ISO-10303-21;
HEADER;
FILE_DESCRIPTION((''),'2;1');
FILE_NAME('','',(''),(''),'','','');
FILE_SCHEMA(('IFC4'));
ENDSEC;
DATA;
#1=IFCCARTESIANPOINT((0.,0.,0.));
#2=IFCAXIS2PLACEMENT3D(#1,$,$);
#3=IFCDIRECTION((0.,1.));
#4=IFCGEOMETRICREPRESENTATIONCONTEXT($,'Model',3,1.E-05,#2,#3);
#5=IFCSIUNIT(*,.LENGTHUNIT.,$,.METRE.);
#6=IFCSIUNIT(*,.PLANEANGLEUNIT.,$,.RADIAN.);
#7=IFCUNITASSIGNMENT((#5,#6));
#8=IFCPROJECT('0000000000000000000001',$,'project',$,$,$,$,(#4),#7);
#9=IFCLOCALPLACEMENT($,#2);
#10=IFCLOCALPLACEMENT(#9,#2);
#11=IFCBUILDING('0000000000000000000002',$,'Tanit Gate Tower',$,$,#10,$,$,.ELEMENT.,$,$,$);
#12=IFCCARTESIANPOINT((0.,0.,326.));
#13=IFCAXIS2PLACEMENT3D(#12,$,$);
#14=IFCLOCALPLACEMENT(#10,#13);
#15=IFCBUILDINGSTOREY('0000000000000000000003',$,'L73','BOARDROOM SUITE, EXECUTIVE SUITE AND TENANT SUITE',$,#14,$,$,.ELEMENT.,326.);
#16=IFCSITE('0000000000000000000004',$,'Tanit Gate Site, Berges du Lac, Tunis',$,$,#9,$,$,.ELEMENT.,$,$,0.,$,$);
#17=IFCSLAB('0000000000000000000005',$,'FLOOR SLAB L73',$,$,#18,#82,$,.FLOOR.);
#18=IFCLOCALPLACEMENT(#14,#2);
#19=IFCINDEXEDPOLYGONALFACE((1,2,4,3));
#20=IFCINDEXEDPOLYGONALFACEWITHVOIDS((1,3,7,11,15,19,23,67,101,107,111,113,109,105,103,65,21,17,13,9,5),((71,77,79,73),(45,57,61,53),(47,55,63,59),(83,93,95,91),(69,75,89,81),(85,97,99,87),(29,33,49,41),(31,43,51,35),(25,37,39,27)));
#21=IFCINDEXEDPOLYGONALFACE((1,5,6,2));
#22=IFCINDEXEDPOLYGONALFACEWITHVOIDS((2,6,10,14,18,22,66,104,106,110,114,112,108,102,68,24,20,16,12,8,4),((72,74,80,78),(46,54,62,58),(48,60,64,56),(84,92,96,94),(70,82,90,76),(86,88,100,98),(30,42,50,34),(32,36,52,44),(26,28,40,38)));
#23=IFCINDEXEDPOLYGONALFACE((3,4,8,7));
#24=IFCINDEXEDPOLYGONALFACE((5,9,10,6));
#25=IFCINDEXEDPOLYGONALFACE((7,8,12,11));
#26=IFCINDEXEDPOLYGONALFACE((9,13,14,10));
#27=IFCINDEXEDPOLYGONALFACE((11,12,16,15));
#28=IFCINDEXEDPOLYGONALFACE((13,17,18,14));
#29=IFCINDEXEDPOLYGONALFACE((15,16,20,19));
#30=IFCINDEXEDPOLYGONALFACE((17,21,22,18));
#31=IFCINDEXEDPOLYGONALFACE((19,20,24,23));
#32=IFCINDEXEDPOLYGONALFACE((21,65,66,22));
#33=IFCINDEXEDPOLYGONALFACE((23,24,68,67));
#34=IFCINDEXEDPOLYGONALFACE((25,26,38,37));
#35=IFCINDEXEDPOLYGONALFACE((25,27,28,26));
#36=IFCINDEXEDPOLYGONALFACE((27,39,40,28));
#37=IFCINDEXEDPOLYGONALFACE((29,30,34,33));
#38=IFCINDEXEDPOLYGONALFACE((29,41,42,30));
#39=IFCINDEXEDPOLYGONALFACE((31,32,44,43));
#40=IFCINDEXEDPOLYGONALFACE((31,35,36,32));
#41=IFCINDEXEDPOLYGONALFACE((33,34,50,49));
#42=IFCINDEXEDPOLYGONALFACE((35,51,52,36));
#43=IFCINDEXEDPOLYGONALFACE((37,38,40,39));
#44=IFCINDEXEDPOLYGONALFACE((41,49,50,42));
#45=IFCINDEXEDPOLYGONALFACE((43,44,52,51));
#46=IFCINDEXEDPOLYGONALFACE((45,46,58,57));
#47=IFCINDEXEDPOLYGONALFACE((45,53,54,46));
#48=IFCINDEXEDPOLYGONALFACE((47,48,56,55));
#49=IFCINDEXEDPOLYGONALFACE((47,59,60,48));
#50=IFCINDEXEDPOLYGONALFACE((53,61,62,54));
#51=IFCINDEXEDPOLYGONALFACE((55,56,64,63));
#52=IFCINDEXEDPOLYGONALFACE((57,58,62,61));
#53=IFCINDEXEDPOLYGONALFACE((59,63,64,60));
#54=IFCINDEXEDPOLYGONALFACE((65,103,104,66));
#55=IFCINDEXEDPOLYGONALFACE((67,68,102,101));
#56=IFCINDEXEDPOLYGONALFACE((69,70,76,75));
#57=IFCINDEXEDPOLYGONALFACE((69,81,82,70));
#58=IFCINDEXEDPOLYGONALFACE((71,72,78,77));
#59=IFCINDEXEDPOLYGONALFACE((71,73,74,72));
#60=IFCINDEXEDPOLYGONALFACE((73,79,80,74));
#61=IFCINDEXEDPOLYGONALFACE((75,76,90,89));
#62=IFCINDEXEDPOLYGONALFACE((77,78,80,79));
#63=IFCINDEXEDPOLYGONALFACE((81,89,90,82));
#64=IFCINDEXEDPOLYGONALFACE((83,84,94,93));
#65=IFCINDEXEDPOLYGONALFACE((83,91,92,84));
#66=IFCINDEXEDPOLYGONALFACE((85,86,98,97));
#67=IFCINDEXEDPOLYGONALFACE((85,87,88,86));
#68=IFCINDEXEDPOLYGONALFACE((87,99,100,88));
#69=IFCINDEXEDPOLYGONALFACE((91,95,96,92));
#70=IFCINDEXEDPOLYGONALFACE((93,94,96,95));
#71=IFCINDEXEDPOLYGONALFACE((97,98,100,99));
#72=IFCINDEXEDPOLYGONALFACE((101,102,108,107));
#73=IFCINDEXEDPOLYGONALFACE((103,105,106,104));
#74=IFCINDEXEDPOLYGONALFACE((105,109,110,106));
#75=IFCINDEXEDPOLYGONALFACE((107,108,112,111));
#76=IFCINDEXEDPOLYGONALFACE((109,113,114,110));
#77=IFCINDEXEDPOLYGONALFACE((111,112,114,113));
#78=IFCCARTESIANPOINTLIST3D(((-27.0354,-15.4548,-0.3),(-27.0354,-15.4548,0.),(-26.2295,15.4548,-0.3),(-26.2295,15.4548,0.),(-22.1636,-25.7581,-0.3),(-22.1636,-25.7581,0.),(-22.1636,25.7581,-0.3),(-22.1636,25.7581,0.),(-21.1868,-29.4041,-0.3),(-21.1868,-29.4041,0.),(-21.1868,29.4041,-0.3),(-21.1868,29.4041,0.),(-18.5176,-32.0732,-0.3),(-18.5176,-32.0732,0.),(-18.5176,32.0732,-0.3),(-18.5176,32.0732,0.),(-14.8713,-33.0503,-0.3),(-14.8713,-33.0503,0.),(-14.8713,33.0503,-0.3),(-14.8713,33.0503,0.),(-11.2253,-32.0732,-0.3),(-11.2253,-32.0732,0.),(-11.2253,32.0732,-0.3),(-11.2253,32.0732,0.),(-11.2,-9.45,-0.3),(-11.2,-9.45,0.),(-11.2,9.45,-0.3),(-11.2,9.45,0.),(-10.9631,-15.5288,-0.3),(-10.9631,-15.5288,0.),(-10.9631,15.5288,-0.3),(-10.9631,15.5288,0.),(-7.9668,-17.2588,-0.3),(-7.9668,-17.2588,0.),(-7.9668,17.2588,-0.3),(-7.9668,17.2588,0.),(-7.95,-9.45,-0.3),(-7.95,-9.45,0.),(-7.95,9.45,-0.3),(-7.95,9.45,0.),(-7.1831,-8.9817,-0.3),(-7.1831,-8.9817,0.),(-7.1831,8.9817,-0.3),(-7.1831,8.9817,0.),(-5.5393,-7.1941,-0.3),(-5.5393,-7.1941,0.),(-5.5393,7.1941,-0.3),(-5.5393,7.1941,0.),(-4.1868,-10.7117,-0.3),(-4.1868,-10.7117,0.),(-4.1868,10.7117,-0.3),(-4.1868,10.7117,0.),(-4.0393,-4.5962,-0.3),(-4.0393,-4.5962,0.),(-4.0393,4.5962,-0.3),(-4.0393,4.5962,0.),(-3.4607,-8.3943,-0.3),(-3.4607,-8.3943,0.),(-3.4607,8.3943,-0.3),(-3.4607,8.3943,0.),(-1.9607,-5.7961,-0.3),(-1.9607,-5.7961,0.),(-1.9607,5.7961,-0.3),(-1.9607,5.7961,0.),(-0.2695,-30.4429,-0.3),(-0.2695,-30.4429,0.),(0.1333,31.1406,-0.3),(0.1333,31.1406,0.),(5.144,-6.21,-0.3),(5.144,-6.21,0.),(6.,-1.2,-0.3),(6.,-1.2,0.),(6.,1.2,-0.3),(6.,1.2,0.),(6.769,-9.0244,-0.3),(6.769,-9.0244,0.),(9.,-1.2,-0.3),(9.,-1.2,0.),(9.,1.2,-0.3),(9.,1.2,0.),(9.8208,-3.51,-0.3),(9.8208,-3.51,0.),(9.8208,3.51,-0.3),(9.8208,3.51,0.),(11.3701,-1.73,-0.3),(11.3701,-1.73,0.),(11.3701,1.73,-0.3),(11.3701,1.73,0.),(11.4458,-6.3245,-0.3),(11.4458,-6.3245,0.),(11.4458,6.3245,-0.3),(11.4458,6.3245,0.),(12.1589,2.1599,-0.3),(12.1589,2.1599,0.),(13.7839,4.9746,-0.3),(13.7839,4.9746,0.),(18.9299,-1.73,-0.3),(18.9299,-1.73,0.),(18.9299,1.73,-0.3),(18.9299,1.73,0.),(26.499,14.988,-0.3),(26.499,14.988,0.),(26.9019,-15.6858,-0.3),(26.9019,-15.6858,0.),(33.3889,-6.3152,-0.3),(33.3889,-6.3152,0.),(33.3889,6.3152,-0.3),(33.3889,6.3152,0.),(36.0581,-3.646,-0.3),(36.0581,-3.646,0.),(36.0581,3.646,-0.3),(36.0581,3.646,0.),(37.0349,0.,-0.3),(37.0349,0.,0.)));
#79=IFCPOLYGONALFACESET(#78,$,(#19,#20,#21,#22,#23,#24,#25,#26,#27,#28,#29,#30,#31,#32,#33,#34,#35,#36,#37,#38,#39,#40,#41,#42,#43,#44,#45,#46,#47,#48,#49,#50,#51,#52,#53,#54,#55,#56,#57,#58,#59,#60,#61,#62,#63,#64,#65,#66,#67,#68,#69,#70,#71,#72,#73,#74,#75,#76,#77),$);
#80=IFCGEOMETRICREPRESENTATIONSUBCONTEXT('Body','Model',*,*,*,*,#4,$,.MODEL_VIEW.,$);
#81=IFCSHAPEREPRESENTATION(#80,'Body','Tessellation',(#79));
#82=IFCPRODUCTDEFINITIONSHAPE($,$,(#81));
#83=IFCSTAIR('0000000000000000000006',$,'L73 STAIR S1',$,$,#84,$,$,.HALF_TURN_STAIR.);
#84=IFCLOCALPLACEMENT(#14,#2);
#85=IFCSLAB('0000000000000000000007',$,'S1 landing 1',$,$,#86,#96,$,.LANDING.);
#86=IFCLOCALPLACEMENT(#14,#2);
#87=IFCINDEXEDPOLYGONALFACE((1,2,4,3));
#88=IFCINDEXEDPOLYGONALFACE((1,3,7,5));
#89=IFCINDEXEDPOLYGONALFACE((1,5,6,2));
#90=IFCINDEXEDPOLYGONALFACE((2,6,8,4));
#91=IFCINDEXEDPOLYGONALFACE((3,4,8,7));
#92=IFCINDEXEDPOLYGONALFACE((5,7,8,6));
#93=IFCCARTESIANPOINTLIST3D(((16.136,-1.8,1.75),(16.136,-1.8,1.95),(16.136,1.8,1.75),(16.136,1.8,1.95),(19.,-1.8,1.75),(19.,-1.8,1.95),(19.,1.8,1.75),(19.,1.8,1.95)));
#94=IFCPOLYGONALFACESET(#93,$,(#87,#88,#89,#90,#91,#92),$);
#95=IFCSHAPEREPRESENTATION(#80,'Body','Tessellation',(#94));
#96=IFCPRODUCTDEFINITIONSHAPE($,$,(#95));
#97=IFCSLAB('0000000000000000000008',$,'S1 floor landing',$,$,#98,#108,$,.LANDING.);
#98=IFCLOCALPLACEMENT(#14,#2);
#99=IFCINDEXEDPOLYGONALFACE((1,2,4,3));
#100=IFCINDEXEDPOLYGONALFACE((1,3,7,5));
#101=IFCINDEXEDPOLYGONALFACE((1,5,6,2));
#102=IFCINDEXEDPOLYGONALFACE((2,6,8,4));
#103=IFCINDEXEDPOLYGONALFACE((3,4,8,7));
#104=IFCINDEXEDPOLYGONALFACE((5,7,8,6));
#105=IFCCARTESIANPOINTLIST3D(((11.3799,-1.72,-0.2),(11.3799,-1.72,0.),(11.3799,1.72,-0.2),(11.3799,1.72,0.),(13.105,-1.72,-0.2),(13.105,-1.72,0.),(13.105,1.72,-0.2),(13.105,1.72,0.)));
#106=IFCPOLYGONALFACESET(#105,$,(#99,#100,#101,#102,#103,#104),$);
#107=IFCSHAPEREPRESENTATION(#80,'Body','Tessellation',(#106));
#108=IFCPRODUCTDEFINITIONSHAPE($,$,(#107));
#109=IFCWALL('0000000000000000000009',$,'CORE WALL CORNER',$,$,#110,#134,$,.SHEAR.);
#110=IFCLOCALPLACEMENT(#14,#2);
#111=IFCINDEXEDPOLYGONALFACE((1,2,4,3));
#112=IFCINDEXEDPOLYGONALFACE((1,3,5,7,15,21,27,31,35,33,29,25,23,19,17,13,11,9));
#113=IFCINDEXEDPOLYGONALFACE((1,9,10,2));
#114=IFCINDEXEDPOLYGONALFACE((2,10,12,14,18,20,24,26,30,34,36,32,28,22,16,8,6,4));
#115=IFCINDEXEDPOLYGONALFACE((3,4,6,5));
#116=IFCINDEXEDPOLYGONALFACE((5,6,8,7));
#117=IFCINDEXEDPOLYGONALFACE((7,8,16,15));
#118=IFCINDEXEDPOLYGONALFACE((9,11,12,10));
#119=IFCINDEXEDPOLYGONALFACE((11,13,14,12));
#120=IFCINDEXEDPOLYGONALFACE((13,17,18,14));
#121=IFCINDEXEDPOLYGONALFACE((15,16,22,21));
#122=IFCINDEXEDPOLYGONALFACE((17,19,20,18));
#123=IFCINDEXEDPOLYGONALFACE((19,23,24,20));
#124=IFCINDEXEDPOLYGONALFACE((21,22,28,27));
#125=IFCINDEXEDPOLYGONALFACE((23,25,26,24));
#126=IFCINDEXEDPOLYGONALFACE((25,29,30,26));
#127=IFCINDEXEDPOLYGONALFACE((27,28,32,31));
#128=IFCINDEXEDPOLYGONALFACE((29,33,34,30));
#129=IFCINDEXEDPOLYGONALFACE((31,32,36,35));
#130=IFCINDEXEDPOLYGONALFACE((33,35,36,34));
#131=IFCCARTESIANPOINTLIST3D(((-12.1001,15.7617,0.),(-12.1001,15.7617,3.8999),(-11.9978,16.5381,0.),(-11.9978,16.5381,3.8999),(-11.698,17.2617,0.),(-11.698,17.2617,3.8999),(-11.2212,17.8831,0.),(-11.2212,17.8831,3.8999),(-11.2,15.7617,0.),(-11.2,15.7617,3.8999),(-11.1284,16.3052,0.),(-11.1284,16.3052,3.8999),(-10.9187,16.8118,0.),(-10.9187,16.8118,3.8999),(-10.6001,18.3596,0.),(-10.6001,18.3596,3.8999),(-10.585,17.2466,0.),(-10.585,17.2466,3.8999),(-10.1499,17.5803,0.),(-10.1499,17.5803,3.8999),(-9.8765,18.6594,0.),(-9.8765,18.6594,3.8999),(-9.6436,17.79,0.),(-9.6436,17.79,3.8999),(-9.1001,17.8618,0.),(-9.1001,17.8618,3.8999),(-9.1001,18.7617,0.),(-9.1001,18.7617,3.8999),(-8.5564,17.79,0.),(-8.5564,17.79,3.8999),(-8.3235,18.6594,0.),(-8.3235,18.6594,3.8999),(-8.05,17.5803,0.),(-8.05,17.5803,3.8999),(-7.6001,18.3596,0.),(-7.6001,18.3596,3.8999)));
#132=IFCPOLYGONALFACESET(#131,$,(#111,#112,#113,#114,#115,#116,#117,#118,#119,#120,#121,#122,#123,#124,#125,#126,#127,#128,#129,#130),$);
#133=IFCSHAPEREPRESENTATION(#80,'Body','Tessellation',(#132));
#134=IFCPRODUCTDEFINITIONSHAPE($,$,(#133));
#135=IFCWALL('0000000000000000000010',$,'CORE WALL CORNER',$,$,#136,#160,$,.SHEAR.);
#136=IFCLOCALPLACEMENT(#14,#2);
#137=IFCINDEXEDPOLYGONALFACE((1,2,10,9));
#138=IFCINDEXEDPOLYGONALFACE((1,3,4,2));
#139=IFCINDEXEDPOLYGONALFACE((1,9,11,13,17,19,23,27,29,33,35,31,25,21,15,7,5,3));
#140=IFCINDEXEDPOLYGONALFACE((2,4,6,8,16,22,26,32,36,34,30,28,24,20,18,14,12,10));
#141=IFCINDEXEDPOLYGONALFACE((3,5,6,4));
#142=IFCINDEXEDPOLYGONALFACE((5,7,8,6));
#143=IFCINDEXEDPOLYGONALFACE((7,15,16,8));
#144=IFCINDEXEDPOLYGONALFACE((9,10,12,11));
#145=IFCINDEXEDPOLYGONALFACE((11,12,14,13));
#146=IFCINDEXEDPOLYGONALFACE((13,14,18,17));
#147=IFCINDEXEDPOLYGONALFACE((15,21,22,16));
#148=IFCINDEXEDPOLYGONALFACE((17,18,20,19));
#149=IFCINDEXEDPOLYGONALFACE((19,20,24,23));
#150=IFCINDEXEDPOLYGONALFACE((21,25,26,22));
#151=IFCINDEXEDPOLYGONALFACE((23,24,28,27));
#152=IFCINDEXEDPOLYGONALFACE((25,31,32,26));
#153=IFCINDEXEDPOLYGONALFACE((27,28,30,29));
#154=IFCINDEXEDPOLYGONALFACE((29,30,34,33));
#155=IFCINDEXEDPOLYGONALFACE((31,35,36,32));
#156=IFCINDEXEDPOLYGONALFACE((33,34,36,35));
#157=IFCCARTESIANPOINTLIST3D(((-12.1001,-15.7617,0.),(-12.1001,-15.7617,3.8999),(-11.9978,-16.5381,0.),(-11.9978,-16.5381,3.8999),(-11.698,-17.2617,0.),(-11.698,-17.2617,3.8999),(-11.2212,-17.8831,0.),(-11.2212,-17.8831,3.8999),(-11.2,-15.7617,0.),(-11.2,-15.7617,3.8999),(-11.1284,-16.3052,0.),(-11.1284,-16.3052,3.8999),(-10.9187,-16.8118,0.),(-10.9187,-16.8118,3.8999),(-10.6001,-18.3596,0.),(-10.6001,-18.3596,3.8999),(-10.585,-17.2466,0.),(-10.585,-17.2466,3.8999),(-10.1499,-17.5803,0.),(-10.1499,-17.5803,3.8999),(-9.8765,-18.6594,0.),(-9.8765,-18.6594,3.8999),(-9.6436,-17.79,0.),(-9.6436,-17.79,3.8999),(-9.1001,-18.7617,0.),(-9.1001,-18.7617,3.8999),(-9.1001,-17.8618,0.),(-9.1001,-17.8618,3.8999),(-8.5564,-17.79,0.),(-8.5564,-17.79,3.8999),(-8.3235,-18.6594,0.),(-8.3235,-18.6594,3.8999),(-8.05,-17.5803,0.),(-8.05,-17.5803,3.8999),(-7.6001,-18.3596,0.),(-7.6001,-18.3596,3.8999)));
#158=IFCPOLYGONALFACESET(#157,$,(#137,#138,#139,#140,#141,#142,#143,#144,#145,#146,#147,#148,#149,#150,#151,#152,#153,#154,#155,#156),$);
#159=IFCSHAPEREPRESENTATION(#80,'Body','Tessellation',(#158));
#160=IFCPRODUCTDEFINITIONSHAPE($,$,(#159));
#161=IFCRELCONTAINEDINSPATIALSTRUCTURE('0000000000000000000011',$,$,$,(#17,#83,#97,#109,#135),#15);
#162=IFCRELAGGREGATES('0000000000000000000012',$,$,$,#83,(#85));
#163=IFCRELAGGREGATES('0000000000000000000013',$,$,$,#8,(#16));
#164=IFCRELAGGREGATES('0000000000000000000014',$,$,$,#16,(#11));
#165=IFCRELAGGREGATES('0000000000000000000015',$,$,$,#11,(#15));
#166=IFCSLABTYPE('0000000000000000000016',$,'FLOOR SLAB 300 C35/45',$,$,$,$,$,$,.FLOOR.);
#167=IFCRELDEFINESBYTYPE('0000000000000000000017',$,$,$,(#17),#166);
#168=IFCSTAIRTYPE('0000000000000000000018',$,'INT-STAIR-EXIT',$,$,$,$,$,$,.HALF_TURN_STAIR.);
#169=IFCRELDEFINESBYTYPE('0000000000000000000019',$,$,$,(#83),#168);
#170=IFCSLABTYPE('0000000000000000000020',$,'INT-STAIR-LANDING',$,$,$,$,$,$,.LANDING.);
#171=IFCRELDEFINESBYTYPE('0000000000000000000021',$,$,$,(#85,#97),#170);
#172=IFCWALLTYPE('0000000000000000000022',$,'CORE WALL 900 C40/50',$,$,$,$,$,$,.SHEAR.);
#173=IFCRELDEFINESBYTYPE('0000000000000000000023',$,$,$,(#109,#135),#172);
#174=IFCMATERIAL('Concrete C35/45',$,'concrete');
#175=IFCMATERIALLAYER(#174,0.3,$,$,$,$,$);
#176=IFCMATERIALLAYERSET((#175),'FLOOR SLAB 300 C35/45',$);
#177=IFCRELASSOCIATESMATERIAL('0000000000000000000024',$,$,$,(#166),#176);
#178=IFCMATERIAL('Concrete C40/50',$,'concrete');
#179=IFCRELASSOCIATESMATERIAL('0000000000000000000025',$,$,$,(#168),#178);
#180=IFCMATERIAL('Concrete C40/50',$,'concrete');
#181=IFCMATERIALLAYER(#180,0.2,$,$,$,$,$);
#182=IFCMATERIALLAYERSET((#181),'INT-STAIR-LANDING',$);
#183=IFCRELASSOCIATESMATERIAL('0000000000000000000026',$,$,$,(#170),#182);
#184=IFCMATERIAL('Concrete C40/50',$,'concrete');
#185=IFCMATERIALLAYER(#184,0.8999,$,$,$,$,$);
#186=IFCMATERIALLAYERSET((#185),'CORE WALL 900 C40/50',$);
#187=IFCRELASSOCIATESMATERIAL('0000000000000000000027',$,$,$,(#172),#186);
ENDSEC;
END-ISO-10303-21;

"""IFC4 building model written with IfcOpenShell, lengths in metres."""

from ifc_helpers import new_model, si_unit, direction, frame, origin, place, context, subcontext, project, spatial, polyline, outline, extrude, material, layer, layer_set, type_object, element, aggregate, save


model = new_model("IFC4")

# Units and contexts
model_context = context("Model", 3, precision=1e-05, world=origin(), true_north=direction((0.0, 1.0)))
body_context = subcontext(model_context, "Body", "Model", "MODEL_VIEW")
ifc_project = project(units=[si_unit("LENGTHUNIT", "METRE"), si_unit("PLANEANGLEUNIT", "RADIAN")], contexts=[model_context])

# Site, building, storey
site_placement = place(None, origin())
site = spatial("IfcSite", under=ifc_project, at=site_placement, Name="Tanit Gate Site, Berges du Lac, Tunis", CompositionType="ELEMENT", RefElevation=0.0)
building_placement = place(site_placement, origin())
building = spatial("IfcBuilding", under=site, at=building_placement, Name="Tanit Gate Tower", CompositionType="ELEMENT")
storey_placement = place(building_placement, frame((0.0, 0.0, 326.0)))
storey = spatial("IfcBuildingStorey", under=building, at=storey_placement, Name="L73", Description="BOARDROOM SUITE, EXECUTIVE SUITE AND TENANT SUITE", CompositionType="ELEMENT", Elevation=326.0)

# Slab
ifc_material_1 = material(Name="Concrete C35/45", Category="concrete")
ifc_layer_1 = layer(ifc_material_1, 0.3)
ifc_layer_set_1 = layer_set([ifc_layer_1], Name="FLOOR SLAB 300 C35/45")
slab_type_1 = type_object("IfcSlabType", Name="FLOOR SLAB 300 C35/45", PredefinedType="FLOOR", material=ifc_layer_set_1)
slab_1_placement = place(storey_placement, frame((0.0, 0.0, -0.3)))
element("IfcSlab", 1, at=slab_1_placement, inside=storey, type_object=slab_type_1, Name="FLOOR SLAB L73", PredefinedType="FLOOR", context=body_context, shape_type="SweptSolid", body=[
    extrude(outline(polyline([(33.3889, 6.3152), (36.0581, 3.646), (37.0349, 0.0), (36.0581, -3.646), (33.3889, -6.3152), (26.9019, -15.6858), (-0.2695, -30.4429), (-11.2253, -32.0732), (-14.8713, -33.0503), (-18.5176, -32.0732), (-21.1868, -29.4041), (-22.1636, -25.7581), (-27.0354, -15.4548), (-26.2295, 15.4548), (-22.1636, 25.7581), (-21.1868, 29.4041), (-18.5176, 32.0732), (-14.8713, 33.0503), (-11.2253, 32.0732), (0.1333, 31.1406), (26.499, 14.988), (33.3889, 6.3152)]), holes=[polyline([(11.3701, 1.73), (18.9299, 1.73), (18.9299, -1.73), (11.3701, -1.73), (11.3701, 1.73)]), polyline([(12.1589, 2.1599), (9.8208, 3.51), (11.4458, 6.3245), (13.7839, 4.9746), (12.1589, 2.1599)]), polyline([(11.4458, -6.3245), (6.769, -9.0244), (5.144, -6.21), (9.8208, -3.51), (11.4458, -6.3245)]), polyline([(6.0, 1.2), (9.0, 1.2), (9.0, -1.2), (6.0, -1.2), (6.0, 1.2)]), polyline([(-4.0393, 4.5962), (-5.5393, 7.1941), (-3.4607, 8.3943), (-1.9607, 5.7961), (-4.0393, 4.5962)]), polyline([(-1.9607, -5.7961), (-3.4607, -8.3943), (-5.5393, -7.1941), (-4.0393, -4.5962), (-1.9607, -5.7961)]), polyline([(-7.1831, 8.9817), (-10.9631, 15.5288), (-7.9668, 17.2588), (-4.1868, 10.7117), (-7.1831, 8.9817)]), polyline([(-4.1868, -10.7117), (-7.9668, -17.2588), (-10.9631, -15.5288), (-7.1831, -8.9817), (-4.1868, -10.7117)]), polyline([(-11.2, -9.45), (-11.2, 9.45), (-7.95, 9.45), (-7.95, -9.45), (-11.2, -9.45)])]), origin(), (0.0, 0.0, 1.0), 0.3),
])

# Stair, slab
ifc_material_2 = material(Name="Concrete C40/50", Category="concrete")
stair_type = type_object("IfcStairType", Name="INT-STAIR-EXIT", PredefinedType="HALF_TURN_STAIR", material=ifc_material_2)
stair_placement = place(storey_placement, origin())
stair = element("IfcStair", 2, at=stair_placement, inside=storey, type_object=stair_type, Name="L73 STAIR S1", PredefinedType="HALF_TURN_STAIR")
ifc_material_3 = material(Name="Concrete C40/50", Category="concrete")
ifc_layer_2 = layer(ifc_material_3, 0.2)
ifc_layer_set_2 = layer_set([ifc_layer_2], Name="INT-STAIR-LANDING")
slab_type_2 = type_object("IfcSlabType", Name="INT-STAIR-LANDING", PredefinedType="LANDING", material=ifc_layer_set_2)
slab_2_placement = place(storey_placement, frame((0.0, 0.0, 1.75)))
slab_2 = element("IfcSlab", 3, at=slab_2_placement, type_object=slab_type_2, Name="S1 landing 1", PredefinedType="LANDING", context=body_context, shape_type="SweptSolid", body=[
    extrude(outline(polyline([(16.136, -1.8), (19.0, -1.8), (19.0, 1.8), (16.136, 1.8), (16.136, -1.8)])), origin(), (0.0, 0.0, 1.0), 0.2),
])
aggregate(stair, [slab_2])

# Slab
slab_3_placement = place(storey_placement, frame((0.0, 0.0, -0.2)))
element("IfcSlab", 4, at=slab_3_placement, inside=storey, type_object=slab_type_2, Name="S1 floor landing", PredefinedType="LANDING", context=body_context, shape_type="SweptSolid", body=[
    extrude(outline(polyline([(11.3799, -1.72), (13.105, -1.72), (13.105, 1.72), (11.3799, 1.72), (11.3799, -1.72)])), origin(), (0.0, 0.0, 1.0), 0.2),
])

# Walls
ifc_material_4 = material(Name="Concrete C40/50", Category="concrete")
ifc_layer_3 = layer(ifc_material_4, 0.8999)
ifc_layer_set_3 = layer_set([ifc_layer_3], Name="CORE WALL 900 C40/50")
wall_type_1 = type_object("IfcWallType", Name="CORE WALL 900 C40/50", PredefinedType="SHEAR", material=ifc_layer_set_3)
wall_1_placement = place(storey_placement, origin())
element("IfcWall", 5, at=wall_1_placement, inside=storey, type_object=wall_type_1, Name="CORE WALL CORNER", PredefinedType="SHEAR", context=body_context, shape_type="SweptSolid", body=[
    extrude(outline(polyline([(-7.6001, 18.3596), (-8.3235, 18.6594), (-9.1001, 18.7617), (-9.8765, 18.6594), (-10.6001, 18.3596), (-11.2212, 17.8831), (-11.698, 17.2617), (-11.9978, 16.5381), (-12.1001, 15.7617), (-11.2, 15.7617), (-11.1284, 16.3052), (-10.9187, 16.8118), (-10.585, 17.2466), (-10.1499, 17.5803), (-9.6436, 17.79), (-9.1001, 17.8618), (-8.5564, 17.79), (-8.05, 17.5803), (-7.6001, 18.3596)])), origin(), (0.0, 0.0, 1.0), 3.8999),
])
wall_2_placement = place(storey_placement, origin())
element("IfcWall", 6, at=wall_2_placement, inside=storey, type_object=wall_type_1, Name="CORE WALL CORNER", PredefinedType="SHEAR", context=body_context, shape_type="SweptSolid", body=[
    extrude(outline(polyline([(-12.1001, -15.7617), (-11.9978, -16.5381), (-11.698, -17.2617), (-11.2212, -17.8831), (-10.6001, -18.3596), (-9.8765, -18.6594), (-9.1001, -18.7617), (-8.3235, -18.6594), (-7.6001, -18.3596), (-8.05, -17.5803), (-8.5564, -17.79), (-9.1001, -17.8618), (-9.6436, -17.79), (-10.1499, -17.5803), (-10.585, -17.2466), (-10.9187, -16.8118), (-11.1284, -16.3052), (-11.2, -15.7617), (-12.1001, -15.7617)])), origin(), (0.0, 0.0, 1.0), 3.8999),
])

save(model, "model.ifc")
